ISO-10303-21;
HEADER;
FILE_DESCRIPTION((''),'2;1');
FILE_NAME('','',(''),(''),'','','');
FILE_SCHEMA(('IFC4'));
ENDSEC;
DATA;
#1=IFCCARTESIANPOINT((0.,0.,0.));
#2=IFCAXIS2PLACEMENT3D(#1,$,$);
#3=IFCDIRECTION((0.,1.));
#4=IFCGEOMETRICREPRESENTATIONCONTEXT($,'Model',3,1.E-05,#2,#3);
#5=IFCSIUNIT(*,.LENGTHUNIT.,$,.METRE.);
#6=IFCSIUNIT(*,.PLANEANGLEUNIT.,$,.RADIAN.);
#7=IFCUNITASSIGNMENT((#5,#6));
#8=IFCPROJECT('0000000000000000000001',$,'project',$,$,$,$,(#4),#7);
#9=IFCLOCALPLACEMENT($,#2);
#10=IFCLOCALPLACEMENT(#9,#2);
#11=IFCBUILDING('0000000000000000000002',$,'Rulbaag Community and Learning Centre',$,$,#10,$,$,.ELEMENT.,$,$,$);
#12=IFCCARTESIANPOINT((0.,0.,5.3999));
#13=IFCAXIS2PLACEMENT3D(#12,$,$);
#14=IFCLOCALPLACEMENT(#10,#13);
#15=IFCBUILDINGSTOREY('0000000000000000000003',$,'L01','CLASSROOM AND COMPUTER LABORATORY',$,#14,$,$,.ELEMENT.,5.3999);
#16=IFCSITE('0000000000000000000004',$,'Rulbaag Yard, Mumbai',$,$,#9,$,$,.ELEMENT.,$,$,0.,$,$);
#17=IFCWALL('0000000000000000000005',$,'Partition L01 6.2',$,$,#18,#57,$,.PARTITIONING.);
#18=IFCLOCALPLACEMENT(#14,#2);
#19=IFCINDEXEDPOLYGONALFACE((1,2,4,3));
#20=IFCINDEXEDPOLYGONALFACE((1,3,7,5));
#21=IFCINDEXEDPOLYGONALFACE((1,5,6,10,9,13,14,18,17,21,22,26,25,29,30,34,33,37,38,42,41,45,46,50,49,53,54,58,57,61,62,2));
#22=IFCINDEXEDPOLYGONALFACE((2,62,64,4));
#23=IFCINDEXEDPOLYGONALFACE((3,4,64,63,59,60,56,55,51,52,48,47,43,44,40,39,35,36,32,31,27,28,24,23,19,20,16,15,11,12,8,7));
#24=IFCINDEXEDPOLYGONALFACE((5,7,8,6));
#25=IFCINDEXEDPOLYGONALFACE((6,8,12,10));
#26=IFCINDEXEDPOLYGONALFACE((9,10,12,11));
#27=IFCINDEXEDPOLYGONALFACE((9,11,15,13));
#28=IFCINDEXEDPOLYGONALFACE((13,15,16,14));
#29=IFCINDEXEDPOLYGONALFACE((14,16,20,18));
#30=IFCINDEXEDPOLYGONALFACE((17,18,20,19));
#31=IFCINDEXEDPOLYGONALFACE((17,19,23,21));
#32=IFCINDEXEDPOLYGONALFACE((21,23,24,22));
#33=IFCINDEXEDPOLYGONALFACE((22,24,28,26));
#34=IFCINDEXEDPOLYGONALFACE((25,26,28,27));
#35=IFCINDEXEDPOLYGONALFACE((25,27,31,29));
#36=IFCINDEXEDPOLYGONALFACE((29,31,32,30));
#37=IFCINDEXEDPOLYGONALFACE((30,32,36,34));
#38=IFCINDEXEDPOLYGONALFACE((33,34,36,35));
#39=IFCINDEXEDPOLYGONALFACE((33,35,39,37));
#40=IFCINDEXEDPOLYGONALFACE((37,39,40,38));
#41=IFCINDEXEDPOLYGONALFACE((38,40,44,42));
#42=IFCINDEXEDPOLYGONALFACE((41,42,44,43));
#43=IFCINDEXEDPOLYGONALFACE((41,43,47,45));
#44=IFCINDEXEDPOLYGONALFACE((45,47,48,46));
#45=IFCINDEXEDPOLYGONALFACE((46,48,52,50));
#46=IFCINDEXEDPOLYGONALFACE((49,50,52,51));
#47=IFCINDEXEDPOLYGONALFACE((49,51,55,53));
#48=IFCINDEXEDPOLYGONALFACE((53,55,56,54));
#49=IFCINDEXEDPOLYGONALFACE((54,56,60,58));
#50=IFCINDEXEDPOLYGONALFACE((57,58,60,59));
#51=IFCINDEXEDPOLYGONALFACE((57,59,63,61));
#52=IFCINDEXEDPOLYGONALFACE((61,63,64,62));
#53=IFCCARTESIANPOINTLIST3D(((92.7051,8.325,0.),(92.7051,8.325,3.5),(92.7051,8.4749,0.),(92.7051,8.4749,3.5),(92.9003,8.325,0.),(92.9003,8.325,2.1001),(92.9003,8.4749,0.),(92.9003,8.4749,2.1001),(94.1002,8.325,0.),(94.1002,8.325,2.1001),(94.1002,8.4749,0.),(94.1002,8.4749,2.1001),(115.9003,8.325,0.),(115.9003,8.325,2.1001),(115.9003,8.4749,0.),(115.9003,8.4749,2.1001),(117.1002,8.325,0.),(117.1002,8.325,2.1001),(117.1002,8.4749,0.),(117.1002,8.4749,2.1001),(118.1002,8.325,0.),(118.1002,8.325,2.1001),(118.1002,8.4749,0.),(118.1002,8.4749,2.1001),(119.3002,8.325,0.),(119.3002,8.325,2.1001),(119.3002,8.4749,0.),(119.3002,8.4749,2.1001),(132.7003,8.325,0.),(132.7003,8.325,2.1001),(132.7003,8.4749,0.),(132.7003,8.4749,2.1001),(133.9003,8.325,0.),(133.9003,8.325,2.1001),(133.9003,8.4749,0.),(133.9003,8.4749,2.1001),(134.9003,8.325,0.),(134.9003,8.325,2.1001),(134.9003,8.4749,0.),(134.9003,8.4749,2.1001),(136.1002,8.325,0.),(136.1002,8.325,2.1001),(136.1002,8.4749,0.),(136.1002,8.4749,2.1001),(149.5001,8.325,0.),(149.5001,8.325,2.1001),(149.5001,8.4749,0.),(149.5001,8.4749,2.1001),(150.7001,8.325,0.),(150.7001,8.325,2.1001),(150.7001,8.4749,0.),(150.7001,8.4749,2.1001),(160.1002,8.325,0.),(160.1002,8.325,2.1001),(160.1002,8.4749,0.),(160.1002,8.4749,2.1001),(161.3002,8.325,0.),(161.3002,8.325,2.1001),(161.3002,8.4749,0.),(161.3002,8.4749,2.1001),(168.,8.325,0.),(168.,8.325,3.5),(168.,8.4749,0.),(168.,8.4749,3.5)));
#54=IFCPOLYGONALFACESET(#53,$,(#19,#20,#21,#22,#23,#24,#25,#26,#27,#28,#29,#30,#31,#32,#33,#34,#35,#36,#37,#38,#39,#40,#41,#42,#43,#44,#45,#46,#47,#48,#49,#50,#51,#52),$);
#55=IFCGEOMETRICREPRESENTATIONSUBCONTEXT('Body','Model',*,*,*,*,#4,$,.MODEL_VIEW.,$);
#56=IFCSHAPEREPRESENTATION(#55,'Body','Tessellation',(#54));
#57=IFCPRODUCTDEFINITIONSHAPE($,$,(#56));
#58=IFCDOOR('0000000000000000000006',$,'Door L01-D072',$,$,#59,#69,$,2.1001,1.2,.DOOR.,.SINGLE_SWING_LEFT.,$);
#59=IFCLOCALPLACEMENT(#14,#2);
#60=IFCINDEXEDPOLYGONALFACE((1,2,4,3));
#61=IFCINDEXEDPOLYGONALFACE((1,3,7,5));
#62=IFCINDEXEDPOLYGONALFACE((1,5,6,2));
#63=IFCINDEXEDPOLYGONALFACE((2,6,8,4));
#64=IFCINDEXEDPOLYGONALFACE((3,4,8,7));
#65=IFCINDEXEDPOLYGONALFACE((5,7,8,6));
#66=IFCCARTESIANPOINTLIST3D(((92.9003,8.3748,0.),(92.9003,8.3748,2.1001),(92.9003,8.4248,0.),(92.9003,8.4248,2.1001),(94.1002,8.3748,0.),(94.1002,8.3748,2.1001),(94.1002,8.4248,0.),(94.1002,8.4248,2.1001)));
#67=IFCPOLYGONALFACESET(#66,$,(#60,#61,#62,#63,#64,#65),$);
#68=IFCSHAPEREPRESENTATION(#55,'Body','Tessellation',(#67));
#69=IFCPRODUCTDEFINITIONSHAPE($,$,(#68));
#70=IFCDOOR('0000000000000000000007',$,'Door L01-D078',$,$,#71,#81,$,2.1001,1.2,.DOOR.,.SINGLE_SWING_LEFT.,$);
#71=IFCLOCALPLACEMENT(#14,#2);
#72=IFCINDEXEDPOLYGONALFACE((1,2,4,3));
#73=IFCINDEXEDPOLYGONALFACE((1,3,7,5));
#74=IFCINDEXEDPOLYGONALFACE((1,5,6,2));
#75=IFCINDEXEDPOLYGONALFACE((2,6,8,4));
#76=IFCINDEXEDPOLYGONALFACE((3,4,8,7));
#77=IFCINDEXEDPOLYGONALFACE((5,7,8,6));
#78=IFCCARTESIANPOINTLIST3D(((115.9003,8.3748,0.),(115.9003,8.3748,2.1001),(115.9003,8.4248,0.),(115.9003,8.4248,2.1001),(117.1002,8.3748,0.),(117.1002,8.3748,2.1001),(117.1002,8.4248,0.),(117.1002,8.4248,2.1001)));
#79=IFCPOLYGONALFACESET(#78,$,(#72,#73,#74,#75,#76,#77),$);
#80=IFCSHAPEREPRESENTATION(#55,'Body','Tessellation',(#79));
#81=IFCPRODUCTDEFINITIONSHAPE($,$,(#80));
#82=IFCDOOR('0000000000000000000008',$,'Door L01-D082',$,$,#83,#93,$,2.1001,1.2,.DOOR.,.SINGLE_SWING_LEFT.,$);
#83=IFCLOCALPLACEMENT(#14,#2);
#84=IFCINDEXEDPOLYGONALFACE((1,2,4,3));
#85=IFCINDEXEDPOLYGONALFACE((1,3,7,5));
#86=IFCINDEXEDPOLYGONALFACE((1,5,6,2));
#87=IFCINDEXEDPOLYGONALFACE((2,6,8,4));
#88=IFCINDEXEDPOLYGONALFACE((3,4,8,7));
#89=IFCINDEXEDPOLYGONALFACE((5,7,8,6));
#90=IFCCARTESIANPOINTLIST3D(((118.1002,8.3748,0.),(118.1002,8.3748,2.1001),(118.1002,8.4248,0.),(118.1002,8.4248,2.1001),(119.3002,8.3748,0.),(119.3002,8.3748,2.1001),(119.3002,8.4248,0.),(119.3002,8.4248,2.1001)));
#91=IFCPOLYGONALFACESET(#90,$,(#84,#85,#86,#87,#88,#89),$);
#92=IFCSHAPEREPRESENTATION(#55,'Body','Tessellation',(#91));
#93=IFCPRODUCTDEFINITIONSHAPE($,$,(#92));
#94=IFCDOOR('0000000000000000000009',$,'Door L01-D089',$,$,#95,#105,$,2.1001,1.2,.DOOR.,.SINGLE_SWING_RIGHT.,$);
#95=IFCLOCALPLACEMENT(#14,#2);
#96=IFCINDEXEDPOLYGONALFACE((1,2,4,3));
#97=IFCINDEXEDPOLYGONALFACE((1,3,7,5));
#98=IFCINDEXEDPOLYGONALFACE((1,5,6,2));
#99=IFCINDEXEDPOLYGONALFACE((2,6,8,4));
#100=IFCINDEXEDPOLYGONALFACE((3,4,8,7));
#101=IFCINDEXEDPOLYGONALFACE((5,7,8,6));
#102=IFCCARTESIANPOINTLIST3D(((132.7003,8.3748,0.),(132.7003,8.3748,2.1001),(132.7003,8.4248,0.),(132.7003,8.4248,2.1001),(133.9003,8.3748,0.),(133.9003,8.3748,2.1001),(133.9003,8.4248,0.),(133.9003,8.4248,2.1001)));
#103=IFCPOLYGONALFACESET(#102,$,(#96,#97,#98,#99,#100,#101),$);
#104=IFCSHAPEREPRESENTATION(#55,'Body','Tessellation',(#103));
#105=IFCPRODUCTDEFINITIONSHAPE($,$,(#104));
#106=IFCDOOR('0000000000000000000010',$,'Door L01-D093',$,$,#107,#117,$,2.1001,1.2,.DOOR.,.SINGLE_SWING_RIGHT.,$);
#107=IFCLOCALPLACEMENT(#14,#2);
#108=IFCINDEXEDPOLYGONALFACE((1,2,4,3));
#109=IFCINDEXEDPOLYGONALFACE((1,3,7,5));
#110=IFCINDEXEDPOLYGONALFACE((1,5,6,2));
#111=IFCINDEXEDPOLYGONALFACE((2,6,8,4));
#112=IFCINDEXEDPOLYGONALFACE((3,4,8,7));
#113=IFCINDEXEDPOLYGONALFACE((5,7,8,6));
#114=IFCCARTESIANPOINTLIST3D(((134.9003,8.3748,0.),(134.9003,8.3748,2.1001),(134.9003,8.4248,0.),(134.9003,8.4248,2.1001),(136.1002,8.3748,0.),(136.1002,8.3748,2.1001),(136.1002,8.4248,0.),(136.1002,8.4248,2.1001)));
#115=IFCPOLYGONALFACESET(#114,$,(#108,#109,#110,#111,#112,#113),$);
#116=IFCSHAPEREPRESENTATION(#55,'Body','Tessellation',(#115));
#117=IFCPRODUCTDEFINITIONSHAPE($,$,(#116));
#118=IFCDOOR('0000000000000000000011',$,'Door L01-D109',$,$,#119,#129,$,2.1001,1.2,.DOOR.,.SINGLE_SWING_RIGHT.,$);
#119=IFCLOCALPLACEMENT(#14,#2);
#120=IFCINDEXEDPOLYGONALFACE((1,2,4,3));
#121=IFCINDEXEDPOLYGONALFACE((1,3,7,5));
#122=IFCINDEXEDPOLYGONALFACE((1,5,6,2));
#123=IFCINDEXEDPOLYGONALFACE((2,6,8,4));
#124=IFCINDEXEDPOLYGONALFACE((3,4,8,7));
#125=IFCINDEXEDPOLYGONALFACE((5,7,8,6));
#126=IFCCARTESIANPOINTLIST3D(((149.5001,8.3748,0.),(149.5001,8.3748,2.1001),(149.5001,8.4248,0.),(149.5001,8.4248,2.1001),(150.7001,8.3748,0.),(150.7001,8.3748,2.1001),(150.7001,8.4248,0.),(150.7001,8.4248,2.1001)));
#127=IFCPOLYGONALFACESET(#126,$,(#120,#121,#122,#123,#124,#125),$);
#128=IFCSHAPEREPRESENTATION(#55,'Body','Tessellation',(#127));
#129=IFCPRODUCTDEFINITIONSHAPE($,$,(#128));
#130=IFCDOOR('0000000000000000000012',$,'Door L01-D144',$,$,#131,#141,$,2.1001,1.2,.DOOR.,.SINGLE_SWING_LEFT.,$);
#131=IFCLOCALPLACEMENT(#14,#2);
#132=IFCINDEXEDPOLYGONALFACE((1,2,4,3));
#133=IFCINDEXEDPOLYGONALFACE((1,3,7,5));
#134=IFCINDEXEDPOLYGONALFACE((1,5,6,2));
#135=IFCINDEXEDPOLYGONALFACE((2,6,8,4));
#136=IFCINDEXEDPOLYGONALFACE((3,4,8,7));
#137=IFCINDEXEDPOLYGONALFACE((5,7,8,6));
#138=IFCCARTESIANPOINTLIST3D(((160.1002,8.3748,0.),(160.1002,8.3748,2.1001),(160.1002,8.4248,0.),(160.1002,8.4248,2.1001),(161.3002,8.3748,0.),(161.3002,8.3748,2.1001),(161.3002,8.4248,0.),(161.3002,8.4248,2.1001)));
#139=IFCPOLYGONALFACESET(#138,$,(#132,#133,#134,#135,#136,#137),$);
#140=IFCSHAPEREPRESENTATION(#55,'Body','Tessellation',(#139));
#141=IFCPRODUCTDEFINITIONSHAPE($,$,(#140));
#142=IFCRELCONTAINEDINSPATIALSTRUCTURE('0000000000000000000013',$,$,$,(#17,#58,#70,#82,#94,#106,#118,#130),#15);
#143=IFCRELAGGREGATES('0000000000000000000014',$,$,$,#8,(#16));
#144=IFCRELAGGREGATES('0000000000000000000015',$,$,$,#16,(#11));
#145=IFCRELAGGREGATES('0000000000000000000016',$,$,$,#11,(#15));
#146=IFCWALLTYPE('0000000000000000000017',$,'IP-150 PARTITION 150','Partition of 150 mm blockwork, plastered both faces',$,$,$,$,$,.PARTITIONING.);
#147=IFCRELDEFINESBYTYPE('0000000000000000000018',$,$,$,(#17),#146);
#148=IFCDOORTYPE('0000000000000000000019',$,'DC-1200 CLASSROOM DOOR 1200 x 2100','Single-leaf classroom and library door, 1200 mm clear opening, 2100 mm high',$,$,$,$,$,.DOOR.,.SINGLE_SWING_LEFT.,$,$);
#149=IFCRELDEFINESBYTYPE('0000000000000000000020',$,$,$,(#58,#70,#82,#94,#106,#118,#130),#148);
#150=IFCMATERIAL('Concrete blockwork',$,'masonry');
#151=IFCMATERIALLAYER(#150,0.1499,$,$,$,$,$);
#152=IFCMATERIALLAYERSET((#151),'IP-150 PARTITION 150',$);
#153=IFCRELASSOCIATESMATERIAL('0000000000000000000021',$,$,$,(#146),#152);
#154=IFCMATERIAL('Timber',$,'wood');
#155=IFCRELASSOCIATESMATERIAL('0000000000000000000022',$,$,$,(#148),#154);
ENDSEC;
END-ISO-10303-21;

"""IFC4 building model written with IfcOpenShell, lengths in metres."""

from ifc_helpers import new_model, si_unit, direction, frame, frame_2d, origin, place, context, subcontext, project, spatial, rectangle, extrude, material, layer, layer_set, type_object, element, fill, save


model = new_model("IFC4")

# Units and contexts
model_context = context("Model", 3, precision=1e-05, world=origin(), true_north=direction((0.0, 1.0)))
body_context = subcontext(model_context, "Body", "Model", "MODEL_VIEW")
ifc_project = project(units=[si_unit("LENGTHUNIT", "METRE"), si_unit("PLANEANGLEUNIT", "RADIAN")], contexts=[model_context])

# Site, building, storey
site_placement = place(None, origin())
site = spatial("IfcSite", under=ifc_project, at=site_placement, Name="Rulbaag Yard, Mumbai", CompositionType="ELEMENT", RefElevation=0.0)
building_placement = place(site_placement, origin())
building = spatial("IfcBuilding", under=site, at=building_placement, Name="Rulbaag Community and Learning Centre", CompositionType="ELEMENT")
storey_placement = place(building_placement, frame((0.0, 0.0, 5.3999)))
storey = spatial("IfcBuildingStorey", under=building, at=storey_placement, Name="L01", Description="CLASSROOM AND COMPUTER LABORATORY", CompositionType="ELEMENT", Elevation=5.3999)

# Shared definitions
ifc_material_1 = material(Name="Concrete blockwork", Category="masonry")
ifc_layer_1 = layer(ifc_material_1, 0.1499)
ifc_layer_set_1 = layer_set([ifc_layer_1], Name="IP-150 PARTITION 150")
wall_type_1 = type_object("IfcWallType", Name="IP-150 PARTITION 150", Description="Partition of 150 mm blockwork, plastered both faces", PredefinedType="PARTITIONING", material=ifc_layer_set_1)
ifc_material_2 = material(Name="Timber", Category="wood")

# Wall, openings, doors
wall_1_placement = place(storey_placement, frame((92.7051, 8.3999, 0.0), z_axis=(0.0, 0.0, 1.0), x_axis=(1.0, 0.0, 0.0)))
wall_1 = element("IfcWall", 1, at=wall_1_placement, inside=storey, type_object=wall_type_1, Name="Partition L01 6.2", PredefinedType="PARTITIONING", context=body_context, shape_type="SweptSolid", body=[
    extrude(rectangle(XDim=75.2949, YDim=0.1499, at=frame_2d((37.6475, 0.0))), origin(), (0.0, 0.0, 1.0), 3.5),
])
opening_1_placement = place(wall_1_placement, frame((0.1951, 0.0, 0.0)))
opening_1 = element("IfcOpeningElement", 2, at=opening_1_placement, cuts=wall_1, PredefinedType="OPENING", context=body_context, shape_type="SweptSolid", body=[
    extrude(rectangle(XDim=1.2, YDim=2.1001, at=frame_2d((0.6001, 1.05))), frame((0.0, 0.085, 0.0), z_axis=(0.0, -1.0, 0.0), x_axis=(1.0, 0.0, 0.0)), (0.0, 0.0, 1.0), 0.1699),
])
opening_2_placement = place(wall_1_placement, frame((23.1951, 0.0, 0.0)))
opening_2 = element("IfcOpeningElement", 3, at=opening_2_placement, cuts=wall_1, PredefinedType="OPENING", context=body_context, shape_type="SweptSolid", body=[
    extrude(rectangle(XDim=1.2, YDim=2.1001, at=frame_2d((0.6001, 1.05))), frame((0.0, 0.085, 0.0), z_axis=(0.0, -1.0, 0.0), x_axis=(1.0, 0.0, 0.0)), (0.0, 0.0, 1.0), 0.1699),
])
opening_3_placement = place(wall_1_placement, frame((25.395, 0.0, 0.0)))
opening_3 = element("IfcOpeningElement", 4, at=opening_3_placement, cuts=wall_1, PredefinedType="OPENING", context=body_context, shape_type="SweptSolid", body=[
    extrude(rectangle(XDim=1.2, YDim=2.1001, at=frame_2d((0.6001, 1.05))), frame((0.0, 0.085, 0.0), z_axis=(0.0, -1.0, 0.0), x_axis=(1.0, 0.0, 0.0)), (0.0, 0.0, 1.0), 0.1699),
])
opening_4_placement = place(wall_1_placement, frame((39.9951, 0.0, 0.0)))
opening_4 = element("IfcOpeningElement", 5, at=opening_4_placement, cuts=wall_1, PredefinedType="OPENING", context=body_context, shape_type="SweptSolid", body=[
    extrude(rectangle(XDim=1.2, YDim=2.1001, at=frame_2d((0.6001, 1.05))), frame((0.0, 0.085, 0.0), z_axis=(0.0, -1.0, 0.0), x_axis=(1.0, 0.0, 0.0)), (0.0, 0.0, 1.0), 0.1699),
])
opening_5_placement = place(wall_1_placement, frame((42.1951, 0.0, 0.0)))
opening_5 = element("IfcOpeningElement", 6, at=opening_5_placement, cuts=wall_1, PredefinedType="OPENING", context=body_context, shape_type="SweptSolid", body=[
    extrude(rectangle(XDim=1.2, YDim=2.1001, at=frame_2d((0.6001, 1.05))), frame((0.0, 0.085, 0.0), z_axis=(0.0, -1.0, 0.0), x_axis=(1.0, 0.0, 0.0)), (0.0, 0.0, 1.0), 0.1699),
])
opening_6_placement = place(wall_1_placement, frame((56.7949, 0.0, 0.0)))
opening_6 = element("IfcOpeningElement", 7, at=opening_6_placement, cuts=wall_1, PredefinedType="OPENING", context=body_context, shape_type="SweptSolid", body=[
    extrude(rectangle(XDim=1.2, YDim=2.1001, at=frame_2d((0.6001, 1.05))), frame((0.0, 0.085, 0.0), z_axis=(0.0, -1.0, 0.0), x_axis=(1.0, 0.0, 0.0)), (0.0, 0.0, 1.0), 0.1699),
])
opening_7_placement = place(wall_1_placement, frame((67.395, 0.0, 0.0)))
opening_7 = element("IfcOpeningElement", 8, at=opening_7_placement, cuts=wall_1, PredefinedType="OPENING", context=body_context, shape_type="SweptSolid", body=[
    extrude(rectangle(XDim=1.2, YDim=2.1001, at=frame_2d((0.6001, 1.05))), frame((0.0, 0.085, 0.0), z_axis=(0.0, -1.0, 0.0), x_axis=(1.0, 0.0, 0.0)), (0.0, 0.0, 1.0), 0.1699),
])
door_type_1 = type_object("IfcDoorType", Name="DC-1200 CLASSROOM DOOR 1200 x 2100", Description="Single-leaf classroom and library door, 1200 mm clear opening, 2100 mm high", OperationType="SINGLE_SWING_LEFT", PredefinedType="DOOR", material=ifc_material_2)
door_1_placement = place(opening_1_placement, origin())
door_1 = element("IfcDoor", 9, at=door_1_placement, inside=storey, type_object=door_type_1, Name="Door L01-D072", OperationType="SINGLE_SWING_LEFT", OverallHeight=2.1001, OverallWidth=1.2, PredefinedType="DOOR", context=body_context, shape_type="SweptSolid", body=[
    extrude(rectangle(XDim=1.2, YDim=2.1001, at=frame_2d((0.6001, 1.05))), frame((0.0, 0.0249, 0.0), z_axis=(0.0, -1.0, 0.0), x_axis=(1.0, 0.0, 0.0)), (0.0, 0.0, 1.0), 0.05),
])
fill(opening_1, door_1)
door_2_placement = place(opening_2_placement, origin())
door_2 = element("IfcDoor", 10, at=door_2_placement, inside=storey, type_object=door_type_1, Name="Door L01-D078", OperationType="SINGLE_SWING_LEFT", OverallHeight=2.1001, OverallWidth=1.2, PredefinedType="DOOR", context=body_context, shape_type="SweptSolid", body=[
    extrude(rectangle(XDim=1.2, YDim=2.1001, at=frame_2d((0.6001, 1.05))), frame((0.0, 0.0249, 0.0), z_axis=(0.0, -1.0, 0.0), x_axis=(1.0, 0.0, 0.0)), (0.0, 0.0, 1.0), 0.05),
])
fill(opening_2, door_2)
door_3_placement = place(opening_3_placement, origin())
door_3 = element("IfcDoor", 11, at=door_3_placement, inside=storey, type_object=door_type_1, Name="Door L01-D082", OperationType="SINGLE_SWING_LEFT", OverallHeight=2.1001, OverallWidth=1.2, PredefinedType="DOOR", context=body_context, shape_type="SweptSolid", body=[
    extrude(rectangle(XDim=1.2, YDim=2.1001, at=frame_2d((0.6001, 1.05))), frame((0.0, 0.0249, 0.0), z_axis=(0.0, -1.0, 0.0), x_axis=(1.0, 0.0, 0.0)), (0.0, 0.0, 1.0), 0.05),
])
fill(opening_3, door_3)
door_4_placement = place(opening_4_placement, origin())
door_4 = element("IfcDoor", 12, at=door_4_placement, inside=storey, type_object=door_type_1, Name="Door L01-D089", OperationType="SINGLE_SWING_RIGHT", OverallHeight=2.1001, OverallWidth=1.2, PredefinedType="DOOR", context=body_context, shape_type="SweptSolid", body=[
    extrude(rectangle(XDim=1.2, YDim=2.1001, at=frame_2d((0.6001, 1.05))), frame((0.0, 0.0249, 0.0), z_axis=(0.0, -1.0, 0.0), x_axis=(1.0, 0.0, 0.0)), (0.0, 0.0, 1.0), 0.05),
])
fill(opening_4, door_4)
door_5_placement = place(opening_5_placement, origin())
door_5 = element("IfcDoor", 13, at=door_5_placement, inside=storey, type_object=door_type_1, Name="Door L01-D093", OperationType="SINGLE_SWING_RIGHT", OverallHeight=2.1001, OverallWidth=1.2, PredefinedType="DOOR", context=body_context, shape_type="SweptSolid", body=[
    extrude(rectangle(XDim=1.2, YDim=2.1001, at=frame_2d((0.6001, 1.05))), frame((0.0, 0.0249, 0.0), z_axis=(0.0, -1.0, 0.0), x_axis=(1.0, 0.0, 0.0)), (0.0, 0.0, 1.0), 0.05),
])
fill(opening_5, door_5)
door_6_placement = place(opening_6_placement, origin())
door_6 = element("IfcDoor", 14, at=door_6_placement, inside=storey, type_object=door_type_1, Name="Door L01-D109", OperationType="SINGLE_SWING_RIGHT", OverallHeight=2.1001, OverallWidth=1.2, PredefinedType="DOOR", context=body_context, shape_type="SweptSolid", body=[
    extrude(rectangle(XDim=1.2, YDim=2.1001, at=frame_2d((0.6001, 1.05))), frame((0.0, 0.0249, 0.0), z_axis=(0.0, -1.0, 0.0), x_axis=(1.0, 0.0, 0.0)), (0.0, 0.0, 1.0), 0.05),
])
fill(opening_6, door_6)
door_7_placement = place(opening_7_placement, origin())
door_7 = element("IfcDoor", 15, at=door_7_placement, inside=storey, type_object=door_type_1, Name="Door L01-D144", OperationType="SINGLE_SWING_LEFT", OverallHeight=2.1001, OverallWidth=1.2, PredefinedType="DOOR", context=body_context, shape_type="SweptSolid", body=[
    extrude(rectangle(XDim=1.2, YDim=2.1001, at=frame_2d((0.6001, 1.05))), frame((0.0, 0.0249, 0.0), z_axis=(0.0, -1.0, 0.0), x_axis=(1.0, 0.0, 0.0)), (0.0, 0.0, 1.0), 0.05),
])
fill(opening_7, door_7)

save(model, "model.ifc")
